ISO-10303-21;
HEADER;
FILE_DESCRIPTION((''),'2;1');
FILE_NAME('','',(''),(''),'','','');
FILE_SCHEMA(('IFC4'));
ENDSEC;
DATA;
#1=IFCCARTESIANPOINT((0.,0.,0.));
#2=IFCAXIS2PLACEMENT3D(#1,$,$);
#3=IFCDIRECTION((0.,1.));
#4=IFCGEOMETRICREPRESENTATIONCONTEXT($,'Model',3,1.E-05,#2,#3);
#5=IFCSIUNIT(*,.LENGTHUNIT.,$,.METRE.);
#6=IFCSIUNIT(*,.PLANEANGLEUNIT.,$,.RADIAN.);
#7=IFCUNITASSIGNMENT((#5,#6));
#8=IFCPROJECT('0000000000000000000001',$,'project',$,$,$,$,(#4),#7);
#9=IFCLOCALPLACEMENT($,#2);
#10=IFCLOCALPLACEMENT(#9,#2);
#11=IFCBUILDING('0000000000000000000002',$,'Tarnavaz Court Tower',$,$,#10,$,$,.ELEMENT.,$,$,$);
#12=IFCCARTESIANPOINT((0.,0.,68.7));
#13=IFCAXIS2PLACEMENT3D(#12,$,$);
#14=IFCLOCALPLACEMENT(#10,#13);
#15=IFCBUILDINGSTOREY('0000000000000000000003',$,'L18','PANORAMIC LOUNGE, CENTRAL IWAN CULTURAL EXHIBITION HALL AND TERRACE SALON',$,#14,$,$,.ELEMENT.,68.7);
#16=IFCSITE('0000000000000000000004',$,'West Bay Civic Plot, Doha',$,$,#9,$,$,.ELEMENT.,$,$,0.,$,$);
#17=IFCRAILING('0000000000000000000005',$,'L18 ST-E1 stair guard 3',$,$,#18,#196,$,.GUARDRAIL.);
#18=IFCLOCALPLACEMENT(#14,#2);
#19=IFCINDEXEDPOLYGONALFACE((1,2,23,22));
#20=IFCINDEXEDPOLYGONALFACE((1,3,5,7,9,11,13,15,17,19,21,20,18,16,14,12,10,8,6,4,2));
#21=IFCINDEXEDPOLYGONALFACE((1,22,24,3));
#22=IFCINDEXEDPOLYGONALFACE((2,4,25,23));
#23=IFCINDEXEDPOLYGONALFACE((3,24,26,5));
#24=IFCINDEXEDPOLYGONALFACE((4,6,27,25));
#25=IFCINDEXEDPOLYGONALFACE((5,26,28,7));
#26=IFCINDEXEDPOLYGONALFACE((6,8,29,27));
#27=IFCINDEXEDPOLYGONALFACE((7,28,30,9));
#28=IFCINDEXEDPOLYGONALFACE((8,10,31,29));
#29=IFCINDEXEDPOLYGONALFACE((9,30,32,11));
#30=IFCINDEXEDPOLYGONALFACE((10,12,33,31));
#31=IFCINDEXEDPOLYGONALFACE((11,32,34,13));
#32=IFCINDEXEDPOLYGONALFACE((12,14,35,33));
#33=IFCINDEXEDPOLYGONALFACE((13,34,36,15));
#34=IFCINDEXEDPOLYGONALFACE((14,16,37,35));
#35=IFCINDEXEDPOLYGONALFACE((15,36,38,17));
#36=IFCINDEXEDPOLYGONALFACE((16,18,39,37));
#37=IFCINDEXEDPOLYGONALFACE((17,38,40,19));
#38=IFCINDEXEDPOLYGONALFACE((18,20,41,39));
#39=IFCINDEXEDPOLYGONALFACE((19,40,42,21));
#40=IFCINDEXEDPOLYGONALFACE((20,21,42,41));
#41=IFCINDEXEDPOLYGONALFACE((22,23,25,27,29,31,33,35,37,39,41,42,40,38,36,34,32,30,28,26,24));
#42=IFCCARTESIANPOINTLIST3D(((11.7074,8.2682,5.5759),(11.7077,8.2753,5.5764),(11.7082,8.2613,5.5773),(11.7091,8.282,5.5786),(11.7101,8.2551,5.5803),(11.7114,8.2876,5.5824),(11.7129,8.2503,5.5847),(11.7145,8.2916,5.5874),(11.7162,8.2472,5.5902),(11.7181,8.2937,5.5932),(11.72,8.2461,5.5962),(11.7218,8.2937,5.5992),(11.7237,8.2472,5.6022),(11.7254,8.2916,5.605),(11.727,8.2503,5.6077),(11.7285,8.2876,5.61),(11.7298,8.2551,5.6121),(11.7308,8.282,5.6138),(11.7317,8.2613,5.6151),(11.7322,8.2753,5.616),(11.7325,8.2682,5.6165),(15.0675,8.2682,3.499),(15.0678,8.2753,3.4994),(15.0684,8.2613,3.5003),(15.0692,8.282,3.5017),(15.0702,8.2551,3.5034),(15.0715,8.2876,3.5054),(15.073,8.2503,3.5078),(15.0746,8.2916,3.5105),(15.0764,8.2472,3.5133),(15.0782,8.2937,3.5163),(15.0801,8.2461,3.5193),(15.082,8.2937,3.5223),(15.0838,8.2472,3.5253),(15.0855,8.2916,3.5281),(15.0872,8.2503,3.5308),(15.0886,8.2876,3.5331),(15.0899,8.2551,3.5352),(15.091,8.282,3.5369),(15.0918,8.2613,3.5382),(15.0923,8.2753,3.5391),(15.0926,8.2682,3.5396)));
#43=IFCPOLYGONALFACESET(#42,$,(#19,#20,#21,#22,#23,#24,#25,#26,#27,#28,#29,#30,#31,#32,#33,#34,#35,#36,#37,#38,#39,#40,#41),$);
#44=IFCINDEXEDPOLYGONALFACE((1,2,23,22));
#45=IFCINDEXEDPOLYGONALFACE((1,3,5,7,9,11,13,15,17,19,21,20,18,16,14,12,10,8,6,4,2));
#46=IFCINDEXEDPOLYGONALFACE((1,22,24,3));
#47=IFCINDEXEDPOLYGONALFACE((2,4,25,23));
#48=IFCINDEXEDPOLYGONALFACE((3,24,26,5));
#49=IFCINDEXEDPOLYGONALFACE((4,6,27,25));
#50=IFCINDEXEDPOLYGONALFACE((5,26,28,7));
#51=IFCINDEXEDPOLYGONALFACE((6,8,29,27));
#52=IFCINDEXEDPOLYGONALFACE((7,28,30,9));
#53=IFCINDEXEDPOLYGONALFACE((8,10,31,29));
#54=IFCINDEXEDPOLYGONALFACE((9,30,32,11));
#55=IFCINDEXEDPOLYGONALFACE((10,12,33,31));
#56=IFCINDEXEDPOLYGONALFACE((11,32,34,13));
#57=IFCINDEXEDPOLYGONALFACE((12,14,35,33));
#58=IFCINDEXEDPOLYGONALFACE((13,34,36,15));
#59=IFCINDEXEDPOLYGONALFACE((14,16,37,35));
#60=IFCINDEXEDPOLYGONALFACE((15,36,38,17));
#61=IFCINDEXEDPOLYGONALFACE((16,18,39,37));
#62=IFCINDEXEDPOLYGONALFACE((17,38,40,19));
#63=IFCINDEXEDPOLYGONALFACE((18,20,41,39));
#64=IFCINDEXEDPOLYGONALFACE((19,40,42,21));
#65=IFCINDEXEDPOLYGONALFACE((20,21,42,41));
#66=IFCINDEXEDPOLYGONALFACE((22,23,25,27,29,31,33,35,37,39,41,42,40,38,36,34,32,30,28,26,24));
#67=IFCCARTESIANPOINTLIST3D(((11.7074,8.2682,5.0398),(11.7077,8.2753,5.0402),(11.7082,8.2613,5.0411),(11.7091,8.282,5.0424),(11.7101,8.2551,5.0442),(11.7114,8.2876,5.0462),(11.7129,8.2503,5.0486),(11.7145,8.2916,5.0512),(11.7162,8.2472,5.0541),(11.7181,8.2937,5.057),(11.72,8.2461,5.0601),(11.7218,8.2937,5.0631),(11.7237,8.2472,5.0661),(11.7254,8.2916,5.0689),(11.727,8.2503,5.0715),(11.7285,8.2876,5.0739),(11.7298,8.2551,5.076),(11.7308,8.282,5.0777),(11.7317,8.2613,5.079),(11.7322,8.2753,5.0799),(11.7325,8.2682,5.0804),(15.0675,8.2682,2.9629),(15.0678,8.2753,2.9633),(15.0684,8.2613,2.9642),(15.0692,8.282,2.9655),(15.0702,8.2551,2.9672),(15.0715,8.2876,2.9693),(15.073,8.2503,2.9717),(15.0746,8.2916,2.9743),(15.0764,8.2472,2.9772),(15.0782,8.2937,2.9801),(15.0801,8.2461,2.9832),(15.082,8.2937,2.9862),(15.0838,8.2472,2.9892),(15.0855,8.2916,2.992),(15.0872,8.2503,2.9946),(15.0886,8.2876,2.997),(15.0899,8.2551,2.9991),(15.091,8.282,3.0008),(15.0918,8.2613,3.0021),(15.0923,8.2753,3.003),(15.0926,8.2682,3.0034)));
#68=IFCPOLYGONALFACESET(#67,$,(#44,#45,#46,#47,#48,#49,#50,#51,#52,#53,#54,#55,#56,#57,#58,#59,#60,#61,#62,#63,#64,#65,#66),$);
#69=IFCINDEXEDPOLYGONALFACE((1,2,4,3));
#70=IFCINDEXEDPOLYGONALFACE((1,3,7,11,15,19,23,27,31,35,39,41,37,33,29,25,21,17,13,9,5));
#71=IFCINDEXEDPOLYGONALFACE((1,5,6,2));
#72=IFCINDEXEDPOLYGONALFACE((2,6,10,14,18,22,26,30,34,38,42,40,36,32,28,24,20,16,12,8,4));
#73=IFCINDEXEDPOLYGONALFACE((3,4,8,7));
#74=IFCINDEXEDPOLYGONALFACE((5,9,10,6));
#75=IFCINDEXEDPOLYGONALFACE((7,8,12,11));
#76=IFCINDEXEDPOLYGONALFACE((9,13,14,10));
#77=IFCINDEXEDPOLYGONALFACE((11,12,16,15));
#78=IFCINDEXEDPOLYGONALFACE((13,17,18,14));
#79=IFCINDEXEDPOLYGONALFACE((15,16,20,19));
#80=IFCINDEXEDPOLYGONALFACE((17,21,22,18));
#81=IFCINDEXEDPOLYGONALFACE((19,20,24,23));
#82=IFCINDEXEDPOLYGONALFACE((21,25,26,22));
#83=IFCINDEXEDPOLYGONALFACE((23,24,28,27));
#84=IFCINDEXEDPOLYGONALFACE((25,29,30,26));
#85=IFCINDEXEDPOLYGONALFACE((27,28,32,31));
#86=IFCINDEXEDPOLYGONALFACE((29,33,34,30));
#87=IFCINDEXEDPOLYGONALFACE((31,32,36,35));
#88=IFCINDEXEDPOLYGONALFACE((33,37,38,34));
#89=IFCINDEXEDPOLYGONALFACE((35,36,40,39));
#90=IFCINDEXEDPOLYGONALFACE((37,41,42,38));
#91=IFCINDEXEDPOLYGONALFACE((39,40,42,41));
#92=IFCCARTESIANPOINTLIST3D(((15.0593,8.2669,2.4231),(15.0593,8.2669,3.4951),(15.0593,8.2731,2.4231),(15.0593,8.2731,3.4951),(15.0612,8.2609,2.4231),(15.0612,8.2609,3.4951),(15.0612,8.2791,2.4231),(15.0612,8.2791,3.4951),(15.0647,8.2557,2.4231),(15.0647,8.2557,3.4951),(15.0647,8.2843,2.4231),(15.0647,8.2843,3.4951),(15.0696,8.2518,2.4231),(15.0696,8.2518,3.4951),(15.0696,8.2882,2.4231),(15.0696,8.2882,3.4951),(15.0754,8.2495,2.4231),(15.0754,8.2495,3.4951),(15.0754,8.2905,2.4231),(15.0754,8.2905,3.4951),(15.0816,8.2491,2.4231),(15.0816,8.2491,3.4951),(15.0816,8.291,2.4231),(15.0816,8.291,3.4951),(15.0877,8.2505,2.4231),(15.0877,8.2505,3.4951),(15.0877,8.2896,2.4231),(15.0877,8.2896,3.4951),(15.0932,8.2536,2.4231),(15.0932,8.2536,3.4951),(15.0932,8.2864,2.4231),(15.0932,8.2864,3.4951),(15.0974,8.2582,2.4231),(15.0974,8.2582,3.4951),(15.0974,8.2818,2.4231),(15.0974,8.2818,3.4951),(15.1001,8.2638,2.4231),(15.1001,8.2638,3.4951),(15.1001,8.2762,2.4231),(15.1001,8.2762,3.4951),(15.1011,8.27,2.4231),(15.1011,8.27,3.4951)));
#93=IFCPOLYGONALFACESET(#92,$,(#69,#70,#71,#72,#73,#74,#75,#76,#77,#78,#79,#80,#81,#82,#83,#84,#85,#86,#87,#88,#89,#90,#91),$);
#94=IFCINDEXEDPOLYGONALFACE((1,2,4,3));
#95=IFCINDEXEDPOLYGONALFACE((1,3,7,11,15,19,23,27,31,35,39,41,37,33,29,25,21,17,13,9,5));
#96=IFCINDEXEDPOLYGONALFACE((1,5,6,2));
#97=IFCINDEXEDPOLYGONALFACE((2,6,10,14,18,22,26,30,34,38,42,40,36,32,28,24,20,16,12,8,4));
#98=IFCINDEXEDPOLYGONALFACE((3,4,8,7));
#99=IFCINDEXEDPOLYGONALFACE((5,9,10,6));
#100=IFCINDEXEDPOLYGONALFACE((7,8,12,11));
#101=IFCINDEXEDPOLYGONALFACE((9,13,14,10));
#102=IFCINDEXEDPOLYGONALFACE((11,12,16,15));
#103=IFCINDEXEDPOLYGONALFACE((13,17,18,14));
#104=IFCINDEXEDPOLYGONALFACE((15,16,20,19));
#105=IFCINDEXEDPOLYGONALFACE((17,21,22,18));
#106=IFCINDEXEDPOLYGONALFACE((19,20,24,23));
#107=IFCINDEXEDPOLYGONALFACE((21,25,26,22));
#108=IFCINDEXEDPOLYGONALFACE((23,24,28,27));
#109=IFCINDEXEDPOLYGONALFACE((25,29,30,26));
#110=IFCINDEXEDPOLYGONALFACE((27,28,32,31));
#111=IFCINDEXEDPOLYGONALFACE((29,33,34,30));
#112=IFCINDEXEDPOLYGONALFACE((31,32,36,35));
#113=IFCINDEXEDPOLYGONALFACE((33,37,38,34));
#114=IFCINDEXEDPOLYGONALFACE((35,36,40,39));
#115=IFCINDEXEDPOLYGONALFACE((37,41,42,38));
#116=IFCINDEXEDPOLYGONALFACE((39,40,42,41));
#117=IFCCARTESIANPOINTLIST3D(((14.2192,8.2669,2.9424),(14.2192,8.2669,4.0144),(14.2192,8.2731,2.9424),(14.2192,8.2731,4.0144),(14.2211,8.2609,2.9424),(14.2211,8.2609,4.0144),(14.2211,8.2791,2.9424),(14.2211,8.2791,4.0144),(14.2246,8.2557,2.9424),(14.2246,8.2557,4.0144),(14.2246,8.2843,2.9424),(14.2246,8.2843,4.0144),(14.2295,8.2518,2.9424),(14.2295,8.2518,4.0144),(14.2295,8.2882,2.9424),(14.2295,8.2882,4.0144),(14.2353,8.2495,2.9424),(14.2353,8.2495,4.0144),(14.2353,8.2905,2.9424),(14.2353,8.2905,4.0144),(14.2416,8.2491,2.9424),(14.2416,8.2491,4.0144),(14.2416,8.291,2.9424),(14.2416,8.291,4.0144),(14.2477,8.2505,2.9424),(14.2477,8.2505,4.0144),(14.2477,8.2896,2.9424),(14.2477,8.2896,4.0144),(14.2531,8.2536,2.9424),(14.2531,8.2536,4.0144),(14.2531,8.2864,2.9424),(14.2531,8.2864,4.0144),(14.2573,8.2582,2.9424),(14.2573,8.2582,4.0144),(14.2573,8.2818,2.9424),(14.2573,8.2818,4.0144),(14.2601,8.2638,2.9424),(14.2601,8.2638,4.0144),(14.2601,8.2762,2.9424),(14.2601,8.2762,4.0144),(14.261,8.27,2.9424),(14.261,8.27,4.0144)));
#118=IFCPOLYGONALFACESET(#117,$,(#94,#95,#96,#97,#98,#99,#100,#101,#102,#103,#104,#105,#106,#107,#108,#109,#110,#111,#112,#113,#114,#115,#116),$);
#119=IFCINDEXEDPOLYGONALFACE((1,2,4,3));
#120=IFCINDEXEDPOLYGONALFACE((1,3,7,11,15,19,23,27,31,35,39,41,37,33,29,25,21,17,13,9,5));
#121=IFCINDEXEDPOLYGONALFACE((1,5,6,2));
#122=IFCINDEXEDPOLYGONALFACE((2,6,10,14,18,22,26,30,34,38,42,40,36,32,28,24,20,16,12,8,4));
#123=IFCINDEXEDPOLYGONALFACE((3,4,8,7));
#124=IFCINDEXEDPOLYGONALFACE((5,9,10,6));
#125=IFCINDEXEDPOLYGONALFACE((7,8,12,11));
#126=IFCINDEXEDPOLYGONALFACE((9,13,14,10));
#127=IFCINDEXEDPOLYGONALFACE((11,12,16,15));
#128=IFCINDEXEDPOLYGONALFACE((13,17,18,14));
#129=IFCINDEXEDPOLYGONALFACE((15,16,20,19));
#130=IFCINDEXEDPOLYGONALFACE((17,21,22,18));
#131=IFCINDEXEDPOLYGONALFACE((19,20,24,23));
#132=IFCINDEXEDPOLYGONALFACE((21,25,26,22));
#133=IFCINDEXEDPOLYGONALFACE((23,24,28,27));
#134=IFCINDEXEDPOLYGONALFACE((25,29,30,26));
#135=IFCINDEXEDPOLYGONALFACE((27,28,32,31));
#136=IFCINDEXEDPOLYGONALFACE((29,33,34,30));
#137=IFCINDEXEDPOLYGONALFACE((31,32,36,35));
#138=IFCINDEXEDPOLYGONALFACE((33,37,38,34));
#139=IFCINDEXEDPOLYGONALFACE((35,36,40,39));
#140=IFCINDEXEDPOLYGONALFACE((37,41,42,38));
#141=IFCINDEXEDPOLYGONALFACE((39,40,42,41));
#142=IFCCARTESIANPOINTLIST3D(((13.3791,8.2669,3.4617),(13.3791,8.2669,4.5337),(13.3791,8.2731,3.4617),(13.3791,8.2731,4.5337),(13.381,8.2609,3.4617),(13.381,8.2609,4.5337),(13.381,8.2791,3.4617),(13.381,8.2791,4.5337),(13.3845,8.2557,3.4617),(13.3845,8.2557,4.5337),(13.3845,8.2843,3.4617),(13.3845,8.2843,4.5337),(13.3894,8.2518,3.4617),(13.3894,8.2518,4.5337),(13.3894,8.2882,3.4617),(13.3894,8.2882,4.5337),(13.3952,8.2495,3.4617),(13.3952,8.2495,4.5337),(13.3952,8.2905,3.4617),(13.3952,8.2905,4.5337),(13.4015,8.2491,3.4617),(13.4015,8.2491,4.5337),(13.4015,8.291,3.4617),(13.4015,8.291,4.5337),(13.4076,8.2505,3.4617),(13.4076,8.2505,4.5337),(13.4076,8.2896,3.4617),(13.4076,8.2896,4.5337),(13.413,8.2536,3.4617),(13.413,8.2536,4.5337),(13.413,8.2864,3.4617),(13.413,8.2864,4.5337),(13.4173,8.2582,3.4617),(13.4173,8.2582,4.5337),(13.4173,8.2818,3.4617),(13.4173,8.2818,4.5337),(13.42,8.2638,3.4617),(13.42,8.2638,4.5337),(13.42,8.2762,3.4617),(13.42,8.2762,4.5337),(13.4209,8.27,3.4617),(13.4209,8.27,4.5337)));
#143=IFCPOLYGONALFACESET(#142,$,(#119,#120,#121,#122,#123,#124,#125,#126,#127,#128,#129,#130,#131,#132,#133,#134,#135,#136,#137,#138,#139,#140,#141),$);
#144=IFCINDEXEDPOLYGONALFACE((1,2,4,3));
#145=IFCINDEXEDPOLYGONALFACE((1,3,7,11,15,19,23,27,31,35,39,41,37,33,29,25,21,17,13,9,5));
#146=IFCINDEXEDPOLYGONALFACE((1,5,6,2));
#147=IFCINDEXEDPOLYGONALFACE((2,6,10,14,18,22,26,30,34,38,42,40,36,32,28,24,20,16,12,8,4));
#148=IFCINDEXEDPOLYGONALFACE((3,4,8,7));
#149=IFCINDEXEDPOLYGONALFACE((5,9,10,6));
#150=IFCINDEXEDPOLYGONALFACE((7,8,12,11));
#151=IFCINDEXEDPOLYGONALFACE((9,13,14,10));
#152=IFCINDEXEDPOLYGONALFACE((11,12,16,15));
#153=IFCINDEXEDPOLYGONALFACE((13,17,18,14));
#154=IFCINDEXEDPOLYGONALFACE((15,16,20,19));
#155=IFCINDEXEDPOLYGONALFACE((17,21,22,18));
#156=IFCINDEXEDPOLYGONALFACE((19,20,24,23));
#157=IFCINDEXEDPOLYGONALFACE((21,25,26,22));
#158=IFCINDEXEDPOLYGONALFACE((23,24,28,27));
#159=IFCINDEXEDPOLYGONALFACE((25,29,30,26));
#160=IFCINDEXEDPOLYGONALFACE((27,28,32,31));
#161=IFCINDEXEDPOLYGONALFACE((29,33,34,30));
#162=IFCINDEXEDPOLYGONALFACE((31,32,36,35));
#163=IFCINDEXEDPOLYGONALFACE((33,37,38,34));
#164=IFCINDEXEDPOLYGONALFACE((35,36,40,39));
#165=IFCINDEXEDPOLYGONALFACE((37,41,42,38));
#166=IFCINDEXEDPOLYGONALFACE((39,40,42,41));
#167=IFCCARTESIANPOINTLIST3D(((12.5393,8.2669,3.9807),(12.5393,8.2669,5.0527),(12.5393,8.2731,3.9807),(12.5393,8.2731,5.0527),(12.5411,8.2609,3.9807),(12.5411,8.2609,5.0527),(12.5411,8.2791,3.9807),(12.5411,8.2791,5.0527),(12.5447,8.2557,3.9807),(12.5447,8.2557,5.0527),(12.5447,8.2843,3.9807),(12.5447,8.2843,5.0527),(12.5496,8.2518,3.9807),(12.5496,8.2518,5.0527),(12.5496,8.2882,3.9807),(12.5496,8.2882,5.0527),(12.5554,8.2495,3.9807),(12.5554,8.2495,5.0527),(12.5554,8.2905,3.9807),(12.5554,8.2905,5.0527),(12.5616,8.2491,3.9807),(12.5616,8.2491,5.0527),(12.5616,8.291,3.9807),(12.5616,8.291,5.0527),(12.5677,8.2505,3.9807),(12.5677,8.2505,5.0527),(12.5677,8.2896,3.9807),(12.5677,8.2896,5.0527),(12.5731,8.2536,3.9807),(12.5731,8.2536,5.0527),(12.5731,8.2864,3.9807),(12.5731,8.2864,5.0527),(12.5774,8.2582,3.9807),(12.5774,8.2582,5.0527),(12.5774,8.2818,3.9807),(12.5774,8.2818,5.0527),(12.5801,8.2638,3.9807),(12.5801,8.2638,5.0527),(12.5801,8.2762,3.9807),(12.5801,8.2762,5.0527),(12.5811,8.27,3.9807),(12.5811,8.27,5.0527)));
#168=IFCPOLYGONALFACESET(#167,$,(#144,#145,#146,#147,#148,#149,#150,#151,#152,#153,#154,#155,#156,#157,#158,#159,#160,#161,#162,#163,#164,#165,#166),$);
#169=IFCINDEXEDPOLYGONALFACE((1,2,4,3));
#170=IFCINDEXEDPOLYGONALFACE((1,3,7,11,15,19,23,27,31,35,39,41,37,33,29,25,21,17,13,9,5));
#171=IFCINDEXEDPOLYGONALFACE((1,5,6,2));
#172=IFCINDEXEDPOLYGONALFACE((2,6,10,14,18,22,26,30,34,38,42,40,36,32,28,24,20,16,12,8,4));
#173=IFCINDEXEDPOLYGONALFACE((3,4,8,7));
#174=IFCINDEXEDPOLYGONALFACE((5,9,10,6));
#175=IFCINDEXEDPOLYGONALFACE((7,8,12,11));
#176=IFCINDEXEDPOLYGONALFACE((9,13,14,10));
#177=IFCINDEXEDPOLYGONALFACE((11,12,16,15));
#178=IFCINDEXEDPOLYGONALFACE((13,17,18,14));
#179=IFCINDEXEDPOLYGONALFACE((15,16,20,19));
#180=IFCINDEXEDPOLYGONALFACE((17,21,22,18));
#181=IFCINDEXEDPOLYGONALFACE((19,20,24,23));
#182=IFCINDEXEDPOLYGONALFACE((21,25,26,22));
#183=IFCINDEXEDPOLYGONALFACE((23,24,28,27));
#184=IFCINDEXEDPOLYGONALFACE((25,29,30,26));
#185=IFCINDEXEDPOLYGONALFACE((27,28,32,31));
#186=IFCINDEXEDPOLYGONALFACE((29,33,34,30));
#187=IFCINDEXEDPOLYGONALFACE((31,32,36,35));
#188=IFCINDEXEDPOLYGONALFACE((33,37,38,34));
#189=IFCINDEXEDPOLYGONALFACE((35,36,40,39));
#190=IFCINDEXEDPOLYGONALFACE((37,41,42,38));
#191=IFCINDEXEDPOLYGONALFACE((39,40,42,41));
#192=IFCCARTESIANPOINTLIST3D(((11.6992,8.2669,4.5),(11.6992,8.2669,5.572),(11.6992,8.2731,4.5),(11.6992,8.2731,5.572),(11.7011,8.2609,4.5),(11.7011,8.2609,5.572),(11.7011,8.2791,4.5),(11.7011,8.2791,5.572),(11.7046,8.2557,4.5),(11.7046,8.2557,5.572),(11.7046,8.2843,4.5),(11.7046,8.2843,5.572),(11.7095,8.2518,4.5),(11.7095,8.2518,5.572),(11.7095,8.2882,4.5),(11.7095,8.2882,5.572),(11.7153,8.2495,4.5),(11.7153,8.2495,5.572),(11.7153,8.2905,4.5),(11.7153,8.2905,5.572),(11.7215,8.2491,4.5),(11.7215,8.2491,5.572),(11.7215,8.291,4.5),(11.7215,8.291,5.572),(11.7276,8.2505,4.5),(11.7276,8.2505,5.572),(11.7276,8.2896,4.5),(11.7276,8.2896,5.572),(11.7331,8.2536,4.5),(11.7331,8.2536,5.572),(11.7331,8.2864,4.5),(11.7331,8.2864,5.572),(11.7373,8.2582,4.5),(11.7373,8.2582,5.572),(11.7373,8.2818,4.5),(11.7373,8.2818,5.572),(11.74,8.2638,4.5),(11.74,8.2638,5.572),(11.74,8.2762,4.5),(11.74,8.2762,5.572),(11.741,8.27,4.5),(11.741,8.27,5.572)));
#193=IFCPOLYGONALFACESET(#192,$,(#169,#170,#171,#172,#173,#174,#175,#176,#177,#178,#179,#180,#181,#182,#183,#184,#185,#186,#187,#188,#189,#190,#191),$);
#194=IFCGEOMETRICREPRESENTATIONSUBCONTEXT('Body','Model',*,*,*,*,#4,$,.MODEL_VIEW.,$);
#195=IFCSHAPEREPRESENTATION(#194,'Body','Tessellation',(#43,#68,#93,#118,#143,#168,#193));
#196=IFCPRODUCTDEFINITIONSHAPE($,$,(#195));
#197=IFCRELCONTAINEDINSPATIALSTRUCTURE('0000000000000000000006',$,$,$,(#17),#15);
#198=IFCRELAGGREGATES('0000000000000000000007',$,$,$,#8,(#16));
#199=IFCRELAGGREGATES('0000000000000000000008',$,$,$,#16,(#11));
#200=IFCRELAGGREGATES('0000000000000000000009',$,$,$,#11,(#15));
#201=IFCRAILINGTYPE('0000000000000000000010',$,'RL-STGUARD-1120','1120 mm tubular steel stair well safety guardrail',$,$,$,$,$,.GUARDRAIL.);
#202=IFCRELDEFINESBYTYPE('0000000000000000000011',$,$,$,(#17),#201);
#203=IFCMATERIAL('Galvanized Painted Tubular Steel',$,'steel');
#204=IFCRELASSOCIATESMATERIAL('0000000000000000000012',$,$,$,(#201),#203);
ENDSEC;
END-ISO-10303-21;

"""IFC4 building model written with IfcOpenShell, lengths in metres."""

from ifc_helpers import new_model, si_unit, direction, frame, origin, origin_2d, place, context, subcontext, project, spatial, circle, extrude, material, type_object, element, save


model = new_model("IFC4")

# Units and contexts
model_context = context("Model", 3, precision=1e-05, world=origin(), true_north=direction((0.0, 1.0)))
body_context = subcontext(model_context, "Body", "Model", "MODEL_VIEW")
ifc_project = project(units=[si_unit("LENGTHUNIT", "METRE"), si_unit("PLANEANGLEUNIT", "RADIAN")], contexts=[model_context])

# Site, building, storey
site_placement = place(None, origin())
site = spatial("IfcSite", under=ifc_project, at=site_placement, Name="West Bay Civic Plot, Doha", CompositionType="ELEMENT", RefElevation=0.0)
building_placement = place(site_placement, origin())
building = spatial("IfcBuilding", under=site, at=building_placement, Name="Tarnavaz Court Tower", CompositionType="ELEMENT")
storey_placement = place(building_placement, frame((0.0, 0.0, 68.7)))
storey = spatial("IfcBuildingStorey", under=building, at=storey_placement, Name="L18", Description="PANORAMIC LOUNGE, CENTRAL IWAN CULTURAL EXHIBITION HALL AND TERRACE SALON", CompositionType="ELEMENT", Elevation=68.7)

# Railing
ifc_material_1 = material(Name="Galvanized Painted Tubular Steel", Category="steel")
railing_type_1 = type_object("IfcRailingType", Name="RL-STGUARD-1120", Description="1120 mm tubular steel stair well safety guardrail", PredefinedType="GUARDRAIL", material=ifc_material_1)
railing_1_placement = place(storey_placement, frame((15.0801, 8.27, 2.4231)))
element("IfcRailing", 1, at=railing_1_placement, inside=storey, type_object=railing_type_1, Name="L18 ST-E1 stair guard 3", PredefinedType="GUARDRAIL", context=body_context, shape_type="SweptSolid", body=[
    extrude(circle(Radius=0.0239, at=origin_2d()), frame((0.0, 0.0, 1.0962), z_axis=(-0.850623, 0.0, 0.525776), x_axis=(0.0, -1.0, 0.0)), (0.0, 0.0, 1.0), 3.9502),
    extrude(circle(Radius=0.0239, at=origin_2d()), frame((0.0, 0.0, 0.5601), z_axis=(-0.850623, 0.0, 0.525776), x_axis=(0.0, -1.0, 0.0)), (0.0, 0.0, 1.0), 3.9502),
    extrude(circle(Radius=0.021, at=origin_2d()), origin(), (0.0, 0.0, 1.0), 1.072),
    extrude(circle(Radius=0.021, at=origin_2d()), frame((-0.8401, 0.0, 0.5193)), (0.0, 0.0, 1.0), 1.072),
    extrude(circle(Radius=0.021, at=origin_2d()), frame((-1.6802, 0.0, 1.0386)), (0.0, 0.0, 1.0), 1.072),
    extrude(circle(Radius=0.021, at=origin_2d()), frame((-2.52, 0.0, 1.5576)), (0.0, 0.0, 1.0), 1.072),
    extrude(circle(Radius=0.021, at=origin_2d()), frame((-3.3601, 0.0, 2.0769)), (0.0, 0.0, 1.0), 1.072),
])

save(model, "model.ifc")
